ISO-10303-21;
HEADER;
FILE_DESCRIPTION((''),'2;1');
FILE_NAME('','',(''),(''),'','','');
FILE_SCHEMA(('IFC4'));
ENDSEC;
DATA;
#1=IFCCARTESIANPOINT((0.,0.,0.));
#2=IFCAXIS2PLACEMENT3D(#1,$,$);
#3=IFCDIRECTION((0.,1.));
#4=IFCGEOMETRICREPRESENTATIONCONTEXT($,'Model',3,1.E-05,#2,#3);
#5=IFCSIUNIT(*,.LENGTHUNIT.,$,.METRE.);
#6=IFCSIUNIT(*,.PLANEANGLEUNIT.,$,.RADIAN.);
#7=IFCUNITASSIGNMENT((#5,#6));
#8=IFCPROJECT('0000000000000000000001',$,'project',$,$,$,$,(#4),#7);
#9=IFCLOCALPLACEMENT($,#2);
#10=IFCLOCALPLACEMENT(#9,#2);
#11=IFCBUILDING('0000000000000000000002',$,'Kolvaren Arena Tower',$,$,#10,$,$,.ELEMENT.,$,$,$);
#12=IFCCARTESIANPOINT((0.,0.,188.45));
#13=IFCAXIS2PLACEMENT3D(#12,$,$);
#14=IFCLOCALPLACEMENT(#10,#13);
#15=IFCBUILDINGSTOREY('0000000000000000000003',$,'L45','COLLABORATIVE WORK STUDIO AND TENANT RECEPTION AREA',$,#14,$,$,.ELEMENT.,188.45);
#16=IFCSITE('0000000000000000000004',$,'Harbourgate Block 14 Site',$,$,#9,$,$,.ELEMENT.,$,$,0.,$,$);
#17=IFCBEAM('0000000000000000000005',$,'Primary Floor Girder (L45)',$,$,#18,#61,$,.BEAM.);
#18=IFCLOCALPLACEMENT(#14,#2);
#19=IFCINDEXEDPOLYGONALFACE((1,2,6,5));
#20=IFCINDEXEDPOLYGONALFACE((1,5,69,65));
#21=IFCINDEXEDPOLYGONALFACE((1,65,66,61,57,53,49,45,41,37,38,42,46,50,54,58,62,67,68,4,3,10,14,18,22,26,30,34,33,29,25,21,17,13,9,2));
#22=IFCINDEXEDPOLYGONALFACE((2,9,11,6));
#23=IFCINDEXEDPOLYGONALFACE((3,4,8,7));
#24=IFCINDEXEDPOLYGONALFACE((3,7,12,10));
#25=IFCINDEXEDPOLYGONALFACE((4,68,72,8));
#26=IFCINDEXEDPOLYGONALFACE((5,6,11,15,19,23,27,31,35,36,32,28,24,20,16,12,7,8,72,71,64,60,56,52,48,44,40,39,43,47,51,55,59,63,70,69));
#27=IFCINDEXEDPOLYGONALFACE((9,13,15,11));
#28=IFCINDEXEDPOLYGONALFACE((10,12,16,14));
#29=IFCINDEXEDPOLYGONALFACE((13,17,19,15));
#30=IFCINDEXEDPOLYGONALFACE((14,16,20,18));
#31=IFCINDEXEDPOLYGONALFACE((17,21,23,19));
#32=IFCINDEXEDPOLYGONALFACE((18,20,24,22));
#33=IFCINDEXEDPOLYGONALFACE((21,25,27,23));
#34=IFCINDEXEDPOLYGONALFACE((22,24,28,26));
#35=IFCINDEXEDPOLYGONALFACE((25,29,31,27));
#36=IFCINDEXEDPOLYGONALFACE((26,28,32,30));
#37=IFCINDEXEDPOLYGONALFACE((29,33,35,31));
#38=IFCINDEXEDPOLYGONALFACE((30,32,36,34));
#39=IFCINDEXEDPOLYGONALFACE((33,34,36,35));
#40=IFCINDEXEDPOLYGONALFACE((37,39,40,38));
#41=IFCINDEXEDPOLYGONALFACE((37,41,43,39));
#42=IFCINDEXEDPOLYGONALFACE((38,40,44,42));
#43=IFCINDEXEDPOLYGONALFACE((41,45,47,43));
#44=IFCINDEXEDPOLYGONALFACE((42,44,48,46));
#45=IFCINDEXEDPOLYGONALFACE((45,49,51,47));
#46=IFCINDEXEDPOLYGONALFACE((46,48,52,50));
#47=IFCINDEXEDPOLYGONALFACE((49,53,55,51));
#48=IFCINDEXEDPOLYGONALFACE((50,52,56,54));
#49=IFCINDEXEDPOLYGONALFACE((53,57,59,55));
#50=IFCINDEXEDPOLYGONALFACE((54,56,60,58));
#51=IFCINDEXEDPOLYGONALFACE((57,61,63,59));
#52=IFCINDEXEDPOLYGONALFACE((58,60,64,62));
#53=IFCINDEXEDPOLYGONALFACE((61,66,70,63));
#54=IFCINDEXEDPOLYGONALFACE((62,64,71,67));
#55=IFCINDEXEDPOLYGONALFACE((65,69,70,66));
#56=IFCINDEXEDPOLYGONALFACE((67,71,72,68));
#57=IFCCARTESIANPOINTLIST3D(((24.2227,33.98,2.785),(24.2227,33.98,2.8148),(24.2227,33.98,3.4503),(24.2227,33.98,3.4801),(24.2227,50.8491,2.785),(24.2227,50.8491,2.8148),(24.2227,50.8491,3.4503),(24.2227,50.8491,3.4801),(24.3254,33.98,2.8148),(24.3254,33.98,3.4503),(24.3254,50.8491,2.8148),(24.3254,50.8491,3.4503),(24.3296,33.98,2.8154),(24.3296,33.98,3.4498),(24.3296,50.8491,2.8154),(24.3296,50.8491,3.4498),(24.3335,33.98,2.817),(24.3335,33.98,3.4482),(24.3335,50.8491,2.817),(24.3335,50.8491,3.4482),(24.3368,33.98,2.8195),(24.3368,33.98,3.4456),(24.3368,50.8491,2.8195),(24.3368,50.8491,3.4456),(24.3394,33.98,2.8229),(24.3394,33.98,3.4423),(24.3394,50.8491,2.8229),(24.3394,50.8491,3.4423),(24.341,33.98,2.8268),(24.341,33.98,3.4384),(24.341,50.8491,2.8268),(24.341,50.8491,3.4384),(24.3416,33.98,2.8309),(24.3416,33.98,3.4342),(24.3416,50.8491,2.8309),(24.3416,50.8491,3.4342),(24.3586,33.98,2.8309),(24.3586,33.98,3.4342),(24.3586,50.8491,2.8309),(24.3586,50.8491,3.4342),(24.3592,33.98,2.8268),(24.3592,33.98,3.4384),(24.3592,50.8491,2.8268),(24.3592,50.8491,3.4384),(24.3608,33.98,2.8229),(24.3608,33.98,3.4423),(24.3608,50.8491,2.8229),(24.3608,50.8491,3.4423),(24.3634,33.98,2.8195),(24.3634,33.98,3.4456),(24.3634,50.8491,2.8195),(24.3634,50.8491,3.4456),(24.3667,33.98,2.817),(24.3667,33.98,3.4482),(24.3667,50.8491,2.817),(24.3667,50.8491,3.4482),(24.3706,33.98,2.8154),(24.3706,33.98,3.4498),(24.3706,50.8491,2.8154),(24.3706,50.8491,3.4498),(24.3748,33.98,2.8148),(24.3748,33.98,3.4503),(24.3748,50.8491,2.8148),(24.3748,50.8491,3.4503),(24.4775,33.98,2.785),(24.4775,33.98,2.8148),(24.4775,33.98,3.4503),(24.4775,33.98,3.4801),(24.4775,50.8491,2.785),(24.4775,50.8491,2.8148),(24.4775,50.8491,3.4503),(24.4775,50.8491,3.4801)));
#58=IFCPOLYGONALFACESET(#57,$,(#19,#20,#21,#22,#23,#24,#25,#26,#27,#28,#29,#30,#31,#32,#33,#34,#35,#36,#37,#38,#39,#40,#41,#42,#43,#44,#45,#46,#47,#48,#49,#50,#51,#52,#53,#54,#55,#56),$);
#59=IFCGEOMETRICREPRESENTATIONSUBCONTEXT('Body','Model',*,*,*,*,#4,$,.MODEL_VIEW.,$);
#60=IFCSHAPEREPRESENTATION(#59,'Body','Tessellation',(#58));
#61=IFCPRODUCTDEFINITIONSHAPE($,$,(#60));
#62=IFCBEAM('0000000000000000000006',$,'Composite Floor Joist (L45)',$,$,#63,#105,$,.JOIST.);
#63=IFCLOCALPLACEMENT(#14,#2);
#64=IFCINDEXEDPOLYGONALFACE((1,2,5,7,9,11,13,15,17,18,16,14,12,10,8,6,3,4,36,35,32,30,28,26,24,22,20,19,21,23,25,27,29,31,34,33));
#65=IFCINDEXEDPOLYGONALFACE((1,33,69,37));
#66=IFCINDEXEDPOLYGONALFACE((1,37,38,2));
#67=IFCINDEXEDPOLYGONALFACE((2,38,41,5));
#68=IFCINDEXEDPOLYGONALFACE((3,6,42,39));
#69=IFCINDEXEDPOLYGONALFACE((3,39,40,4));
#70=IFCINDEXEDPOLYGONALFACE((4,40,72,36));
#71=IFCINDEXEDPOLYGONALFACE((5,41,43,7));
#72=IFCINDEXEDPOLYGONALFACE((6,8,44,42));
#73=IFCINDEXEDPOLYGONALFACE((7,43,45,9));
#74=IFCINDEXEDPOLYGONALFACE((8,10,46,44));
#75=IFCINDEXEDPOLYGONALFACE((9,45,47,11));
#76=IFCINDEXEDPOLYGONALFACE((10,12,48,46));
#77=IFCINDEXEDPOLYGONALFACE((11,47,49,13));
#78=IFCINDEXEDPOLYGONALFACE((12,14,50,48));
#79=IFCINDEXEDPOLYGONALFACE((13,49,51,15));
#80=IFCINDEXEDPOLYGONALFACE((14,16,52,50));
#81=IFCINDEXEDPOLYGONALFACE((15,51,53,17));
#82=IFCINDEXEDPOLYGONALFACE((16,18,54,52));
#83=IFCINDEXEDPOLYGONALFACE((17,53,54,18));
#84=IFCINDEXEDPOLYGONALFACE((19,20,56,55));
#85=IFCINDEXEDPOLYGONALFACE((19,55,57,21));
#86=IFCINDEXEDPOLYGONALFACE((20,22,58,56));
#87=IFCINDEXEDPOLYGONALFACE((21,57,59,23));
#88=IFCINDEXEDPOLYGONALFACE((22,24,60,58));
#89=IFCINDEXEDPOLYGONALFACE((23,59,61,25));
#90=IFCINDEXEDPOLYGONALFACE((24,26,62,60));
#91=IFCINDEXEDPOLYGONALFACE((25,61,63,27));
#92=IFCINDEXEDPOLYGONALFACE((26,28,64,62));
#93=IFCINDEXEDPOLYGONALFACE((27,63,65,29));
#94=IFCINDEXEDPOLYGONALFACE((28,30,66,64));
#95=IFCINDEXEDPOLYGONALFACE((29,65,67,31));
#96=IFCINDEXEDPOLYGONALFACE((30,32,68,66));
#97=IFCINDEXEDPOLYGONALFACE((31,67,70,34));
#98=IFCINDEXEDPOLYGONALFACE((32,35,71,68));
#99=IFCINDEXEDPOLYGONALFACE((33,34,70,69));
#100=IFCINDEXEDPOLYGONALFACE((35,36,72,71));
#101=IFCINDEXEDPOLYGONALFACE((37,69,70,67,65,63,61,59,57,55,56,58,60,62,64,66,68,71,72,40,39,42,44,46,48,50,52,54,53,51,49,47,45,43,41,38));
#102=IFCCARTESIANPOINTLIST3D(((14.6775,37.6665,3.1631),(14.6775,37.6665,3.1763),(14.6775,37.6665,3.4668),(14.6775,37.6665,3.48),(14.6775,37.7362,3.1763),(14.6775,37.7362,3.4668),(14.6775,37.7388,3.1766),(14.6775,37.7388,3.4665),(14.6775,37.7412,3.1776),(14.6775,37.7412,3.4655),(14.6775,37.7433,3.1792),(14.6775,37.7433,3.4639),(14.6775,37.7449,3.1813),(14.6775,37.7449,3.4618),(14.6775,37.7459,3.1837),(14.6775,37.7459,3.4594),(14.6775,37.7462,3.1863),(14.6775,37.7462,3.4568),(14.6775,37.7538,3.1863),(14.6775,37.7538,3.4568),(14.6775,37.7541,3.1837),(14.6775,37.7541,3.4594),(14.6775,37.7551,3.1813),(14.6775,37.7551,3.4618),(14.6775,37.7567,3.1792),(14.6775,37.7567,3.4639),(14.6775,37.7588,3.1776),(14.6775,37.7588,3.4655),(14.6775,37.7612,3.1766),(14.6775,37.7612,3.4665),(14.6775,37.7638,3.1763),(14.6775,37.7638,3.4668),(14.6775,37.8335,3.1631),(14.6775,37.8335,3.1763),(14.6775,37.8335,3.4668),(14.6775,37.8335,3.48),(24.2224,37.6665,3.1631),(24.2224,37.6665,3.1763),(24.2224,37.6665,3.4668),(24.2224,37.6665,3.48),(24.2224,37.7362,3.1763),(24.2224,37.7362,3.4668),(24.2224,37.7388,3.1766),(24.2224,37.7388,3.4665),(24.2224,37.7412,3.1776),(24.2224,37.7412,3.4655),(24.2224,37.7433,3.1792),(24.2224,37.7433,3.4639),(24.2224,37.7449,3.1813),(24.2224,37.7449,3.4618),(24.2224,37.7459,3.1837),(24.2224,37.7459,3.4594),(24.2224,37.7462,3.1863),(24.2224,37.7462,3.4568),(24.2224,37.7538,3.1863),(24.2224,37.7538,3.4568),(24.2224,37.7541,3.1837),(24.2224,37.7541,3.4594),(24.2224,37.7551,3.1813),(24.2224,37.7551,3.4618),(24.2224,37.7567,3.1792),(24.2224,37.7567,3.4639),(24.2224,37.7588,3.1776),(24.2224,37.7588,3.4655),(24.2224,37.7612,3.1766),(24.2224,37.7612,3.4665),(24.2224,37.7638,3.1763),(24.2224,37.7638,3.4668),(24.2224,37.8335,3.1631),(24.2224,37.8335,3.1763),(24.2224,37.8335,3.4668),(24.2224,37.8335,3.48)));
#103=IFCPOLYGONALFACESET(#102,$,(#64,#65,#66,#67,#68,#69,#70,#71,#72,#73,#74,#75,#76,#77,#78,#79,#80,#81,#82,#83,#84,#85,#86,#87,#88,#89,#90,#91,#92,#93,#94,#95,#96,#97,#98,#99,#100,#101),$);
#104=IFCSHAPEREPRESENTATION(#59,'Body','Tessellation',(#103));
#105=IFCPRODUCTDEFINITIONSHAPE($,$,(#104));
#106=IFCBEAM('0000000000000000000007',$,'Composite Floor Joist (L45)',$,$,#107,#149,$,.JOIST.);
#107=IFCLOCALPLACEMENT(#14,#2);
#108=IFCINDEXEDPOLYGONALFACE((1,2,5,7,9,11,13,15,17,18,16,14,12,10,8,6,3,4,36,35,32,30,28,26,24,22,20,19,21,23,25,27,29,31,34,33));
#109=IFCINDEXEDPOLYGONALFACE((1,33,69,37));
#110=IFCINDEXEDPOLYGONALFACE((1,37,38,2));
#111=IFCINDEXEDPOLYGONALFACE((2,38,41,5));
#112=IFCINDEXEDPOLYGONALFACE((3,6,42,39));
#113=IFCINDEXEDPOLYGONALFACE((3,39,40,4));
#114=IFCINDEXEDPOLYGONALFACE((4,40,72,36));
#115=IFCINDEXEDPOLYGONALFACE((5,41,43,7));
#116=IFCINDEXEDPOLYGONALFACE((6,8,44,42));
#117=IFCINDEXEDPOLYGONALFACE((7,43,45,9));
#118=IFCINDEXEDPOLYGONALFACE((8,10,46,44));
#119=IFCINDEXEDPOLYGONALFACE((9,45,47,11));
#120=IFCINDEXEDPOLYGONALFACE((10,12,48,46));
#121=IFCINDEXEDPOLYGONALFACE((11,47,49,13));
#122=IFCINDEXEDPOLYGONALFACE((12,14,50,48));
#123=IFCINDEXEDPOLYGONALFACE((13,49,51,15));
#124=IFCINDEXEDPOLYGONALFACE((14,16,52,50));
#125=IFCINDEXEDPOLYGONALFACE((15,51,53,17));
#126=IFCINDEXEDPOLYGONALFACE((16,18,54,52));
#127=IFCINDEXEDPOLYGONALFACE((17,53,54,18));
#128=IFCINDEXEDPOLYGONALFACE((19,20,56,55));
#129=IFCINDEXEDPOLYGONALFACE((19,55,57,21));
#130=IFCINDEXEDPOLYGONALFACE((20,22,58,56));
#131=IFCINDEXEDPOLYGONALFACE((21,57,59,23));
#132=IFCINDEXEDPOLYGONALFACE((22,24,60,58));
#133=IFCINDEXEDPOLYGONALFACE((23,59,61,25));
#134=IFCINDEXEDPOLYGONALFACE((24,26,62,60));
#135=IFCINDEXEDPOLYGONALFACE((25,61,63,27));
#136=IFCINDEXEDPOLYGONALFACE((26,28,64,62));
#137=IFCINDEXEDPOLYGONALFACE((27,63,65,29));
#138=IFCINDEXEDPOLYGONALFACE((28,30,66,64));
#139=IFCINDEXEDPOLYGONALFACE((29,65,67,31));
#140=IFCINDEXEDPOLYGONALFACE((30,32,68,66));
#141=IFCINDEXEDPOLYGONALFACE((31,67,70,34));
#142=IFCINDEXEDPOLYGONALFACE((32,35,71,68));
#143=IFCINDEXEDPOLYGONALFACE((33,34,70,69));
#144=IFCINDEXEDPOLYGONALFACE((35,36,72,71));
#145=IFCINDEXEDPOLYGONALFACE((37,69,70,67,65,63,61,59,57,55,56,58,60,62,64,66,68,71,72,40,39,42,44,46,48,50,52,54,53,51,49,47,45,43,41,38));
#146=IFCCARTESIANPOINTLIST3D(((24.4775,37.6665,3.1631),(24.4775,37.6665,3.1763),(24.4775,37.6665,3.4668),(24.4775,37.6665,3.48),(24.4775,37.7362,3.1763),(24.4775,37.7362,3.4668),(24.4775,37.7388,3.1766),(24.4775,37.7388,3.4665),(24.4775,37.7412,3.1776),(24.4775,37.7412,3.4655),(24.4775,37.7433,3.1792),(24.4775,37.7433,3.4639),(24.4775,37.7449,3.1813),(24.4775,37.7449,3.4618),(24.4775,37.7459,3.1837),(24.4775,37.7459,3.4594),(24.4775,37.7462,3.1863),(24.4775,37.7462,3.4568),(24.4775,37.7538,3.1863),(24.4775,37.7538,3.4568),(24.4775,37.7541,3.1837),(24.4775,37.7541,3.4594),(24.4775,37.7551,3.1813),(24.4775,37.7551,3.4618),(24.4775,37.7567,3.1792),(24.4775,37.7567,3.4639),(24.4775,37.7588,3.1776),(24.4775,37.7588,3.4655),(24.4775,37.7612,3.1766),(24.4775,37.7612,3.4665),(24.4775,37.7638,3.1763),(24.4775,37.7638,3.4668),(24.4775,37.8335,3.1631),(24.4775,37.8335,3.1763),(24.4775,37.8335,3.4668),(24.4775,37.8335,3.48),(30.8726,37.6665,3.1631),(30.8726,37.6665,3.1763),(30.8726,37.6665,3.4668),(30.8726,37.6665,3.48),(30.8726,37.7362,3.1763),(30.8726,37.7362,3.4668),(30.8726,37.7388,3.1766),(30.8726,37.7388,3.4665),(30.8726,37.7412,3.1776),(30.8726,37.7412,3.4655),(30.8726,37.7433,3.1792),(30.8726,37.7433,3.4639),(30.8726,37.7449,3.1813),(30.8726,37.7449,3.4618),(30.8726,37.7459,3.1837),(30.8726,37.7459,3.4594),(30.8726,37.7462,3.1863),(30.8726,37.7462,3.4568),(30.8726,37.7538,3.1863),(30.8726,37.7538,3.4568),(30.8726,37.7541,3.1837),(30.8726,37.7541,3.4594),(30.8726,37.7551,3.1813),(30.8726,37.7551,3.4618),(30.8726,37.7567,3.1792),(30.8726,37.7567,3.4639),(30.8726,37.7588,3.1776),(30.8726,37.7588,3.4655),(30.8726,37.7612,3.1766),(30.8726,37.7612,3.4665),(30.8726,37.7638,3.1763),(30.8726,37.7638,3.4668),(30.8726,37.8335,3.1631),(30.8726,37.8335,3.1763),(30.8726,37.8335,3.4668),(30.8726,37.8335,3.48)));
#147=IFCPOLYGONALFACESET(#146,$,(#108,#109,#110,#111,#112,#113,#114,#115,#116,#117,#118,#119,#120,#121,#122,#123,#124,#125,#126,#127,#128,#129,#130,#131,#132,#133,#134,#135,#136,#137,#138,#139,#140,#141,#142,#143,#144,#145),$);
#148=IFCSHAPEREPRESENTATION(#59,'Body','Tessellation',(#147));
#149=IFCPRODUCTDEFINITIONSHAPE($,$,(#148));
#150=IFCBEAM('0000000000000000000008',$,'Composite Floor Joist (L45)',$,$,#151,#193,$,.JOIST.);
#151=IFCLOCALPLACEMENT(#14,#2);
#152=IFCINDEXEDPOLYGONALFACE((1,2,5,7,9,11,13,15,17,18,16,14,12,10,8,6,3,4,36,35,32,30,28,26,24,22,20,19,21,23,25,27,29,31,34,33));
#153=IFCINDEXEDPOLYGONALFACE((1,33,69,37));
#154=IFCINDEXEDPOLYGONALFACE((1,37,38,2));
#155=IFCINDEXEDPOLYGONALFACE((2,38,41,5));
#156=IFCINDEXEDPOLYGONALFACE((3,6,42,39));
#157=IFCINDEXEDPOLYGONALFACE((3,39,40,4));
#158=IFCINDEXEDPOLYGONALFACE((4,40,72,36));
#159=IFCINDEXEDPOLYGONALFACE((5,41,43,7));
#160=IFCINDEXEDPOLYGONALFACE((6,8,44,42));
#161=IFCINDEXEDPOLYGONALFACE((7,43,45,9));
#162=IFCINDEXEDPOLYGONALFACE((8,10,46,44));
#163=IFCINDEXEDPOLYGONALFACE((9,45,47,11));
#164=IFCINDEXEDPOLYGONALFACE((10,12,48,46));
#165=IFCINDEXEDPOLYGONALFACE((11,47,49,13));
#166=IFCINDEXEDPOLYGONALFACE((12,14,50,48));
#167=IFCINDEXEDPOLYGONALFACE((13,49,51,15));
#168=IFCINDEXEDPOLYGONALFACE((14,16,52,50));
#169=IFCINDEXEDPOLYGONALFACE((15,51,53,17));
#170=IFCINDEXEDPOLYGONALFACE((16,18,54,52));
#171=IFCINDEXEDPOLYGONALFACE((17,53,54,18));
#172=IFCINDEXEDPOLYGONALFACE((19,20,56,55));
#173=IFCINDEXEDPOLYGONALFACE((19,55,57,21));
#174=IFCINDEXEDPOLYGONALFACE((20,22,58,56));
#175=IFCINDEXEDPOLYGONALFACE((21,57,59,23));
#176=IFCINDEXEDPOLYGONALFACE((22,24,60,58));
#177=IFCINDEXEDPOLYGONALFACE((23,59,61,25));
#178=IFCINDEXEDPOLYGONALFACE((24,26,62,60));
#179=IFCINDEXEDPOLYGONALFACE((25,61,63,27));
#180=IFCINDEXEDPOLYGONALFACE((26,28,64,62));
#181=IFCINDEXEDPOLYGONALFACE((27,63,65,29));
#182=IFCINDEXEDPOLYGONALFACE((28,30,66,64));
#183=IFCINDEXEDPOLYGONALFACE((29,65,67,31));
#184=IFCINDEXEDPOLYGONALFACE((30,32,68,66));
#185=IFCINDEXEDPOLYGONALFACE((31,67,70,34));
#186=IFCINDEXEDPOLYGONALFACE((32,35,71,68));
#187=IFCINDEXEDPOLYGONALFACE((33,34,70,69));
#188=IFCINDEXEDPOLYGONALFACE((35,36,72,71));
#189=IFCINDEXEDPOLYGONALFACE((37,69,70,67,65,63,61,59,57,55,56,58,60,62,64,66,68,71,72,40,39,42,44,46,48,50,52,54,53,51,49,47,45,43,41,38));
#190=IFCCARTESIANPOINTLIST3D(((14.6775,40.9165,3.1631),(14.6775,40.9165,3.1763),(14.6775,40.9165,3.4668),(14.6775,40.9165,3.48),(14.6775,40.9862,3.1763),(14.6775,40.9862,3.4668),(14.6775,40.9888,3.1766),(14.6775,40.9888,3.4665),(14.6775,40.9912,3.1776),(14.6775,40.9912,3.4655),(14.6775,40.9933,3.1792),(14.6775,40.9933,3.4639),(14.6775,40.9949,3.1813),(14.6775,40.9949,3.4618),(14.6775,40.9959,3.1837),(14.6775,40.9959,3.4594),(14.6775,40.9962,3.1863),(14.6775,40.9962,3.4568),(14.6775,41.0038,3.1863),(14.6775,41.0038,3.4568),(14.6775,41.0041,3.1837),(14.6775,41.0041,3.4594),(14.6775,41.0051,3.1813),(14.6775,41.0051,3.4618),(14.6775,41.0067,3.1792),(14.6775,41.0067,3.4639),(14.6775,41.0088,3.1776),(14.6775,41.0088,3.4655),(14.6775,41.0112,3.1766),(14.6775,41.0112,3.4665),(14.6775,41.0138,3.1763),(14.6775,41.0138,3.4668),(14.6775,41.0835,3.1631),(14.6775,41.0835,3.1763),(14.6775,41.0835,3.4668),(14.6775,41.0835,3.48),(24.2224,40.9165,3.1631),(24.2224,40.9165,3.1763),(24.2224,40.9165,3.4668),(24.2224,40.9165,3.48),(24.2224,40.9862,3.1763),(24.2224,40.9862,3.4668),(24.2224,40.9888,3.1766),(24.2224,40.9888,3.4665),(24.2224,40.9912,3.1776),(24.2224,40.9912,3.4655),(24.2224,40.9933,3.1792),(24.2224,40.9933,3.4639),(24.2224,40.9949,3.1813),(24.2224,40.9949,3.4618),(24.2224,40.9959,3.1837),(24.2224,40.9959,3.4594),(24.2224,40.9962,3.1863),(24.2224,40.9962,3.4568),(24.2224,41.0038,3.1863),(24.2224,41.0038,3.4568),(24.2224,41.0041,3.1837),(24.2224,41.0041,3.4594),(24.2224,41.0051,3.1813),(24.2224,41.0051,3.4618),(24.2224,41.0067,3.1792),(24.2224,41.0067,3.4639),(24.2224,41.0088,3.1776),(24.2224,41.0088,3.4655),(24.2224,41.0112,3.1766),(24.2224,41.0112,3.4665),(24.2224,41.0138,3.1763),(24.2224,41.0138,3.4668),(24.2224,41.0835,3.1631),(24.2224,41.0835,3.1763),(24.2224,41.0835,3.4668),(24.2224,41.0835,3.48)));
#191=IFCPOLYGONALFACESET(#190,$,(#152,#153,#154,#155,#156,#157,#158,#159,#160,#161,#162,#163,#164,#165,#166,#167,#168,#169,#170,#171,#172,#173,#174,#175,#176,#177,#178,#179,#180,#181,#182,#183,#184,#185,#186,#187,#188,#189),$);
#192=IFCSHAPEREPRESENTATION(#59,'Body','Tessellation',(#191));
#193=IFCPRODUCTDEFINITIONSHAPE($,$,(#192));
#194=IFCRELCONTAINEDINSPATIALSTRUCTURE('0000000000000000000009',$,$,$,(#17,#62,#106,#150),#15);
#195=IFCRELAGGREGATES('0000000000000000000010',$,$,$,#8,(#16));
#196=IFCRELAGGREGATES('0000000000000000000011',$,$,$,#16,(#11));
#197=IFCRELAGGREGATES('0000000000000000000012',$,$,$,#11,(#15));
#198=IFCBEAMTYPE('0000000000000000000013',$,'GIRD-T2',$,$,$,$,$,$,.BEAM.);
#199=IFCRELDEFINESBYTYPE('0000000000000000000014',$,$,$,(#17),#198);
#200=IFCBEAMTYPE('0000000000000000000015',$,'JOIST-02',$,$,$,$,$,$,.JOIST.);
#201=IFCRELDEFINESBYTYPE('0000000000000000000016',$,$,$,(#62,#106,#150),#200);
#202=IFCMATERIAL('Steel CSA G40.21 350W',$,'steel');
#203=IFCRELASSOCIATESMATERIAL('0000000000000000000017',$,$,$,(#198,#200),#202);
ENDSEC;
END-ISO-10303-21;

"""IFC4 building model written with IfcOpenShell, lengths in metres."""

from ifc_helpers import new_model, si_unit, direction, frame, origin, origin_2d, place, context, subcontext, project, spatial, i_section, extrude, material, material_profile, profile_set, type_object, element, save


model = new_model("IFC4")

# Units and contexts
model_context = context("Model", 3, precision=1e-05, world=origin(), true_north=direction((0.0, 1.0)))
body_context = subcontext(model_context, "Body", "Model", "MODEL_VIEW")
ifc_project = project(units=[si_unit("LENGTHUNIT", "METRE"), si_unit("PLANEANGLEUNIT", "RADIAN")], contexts=[model_context])

# Site, building, storey
site_placement = place(None, origin())
site = spatial("IfcSite", under=ifc_project, at=site_placement, Name="Harbourgate Block 14 Site", CompositionType="ELEMENT", RefElevation=0.0)
building_placement = place(site_placement, origin())
building = spatial("IfcBuilding", under=site, at=building_placement, Name="Kolvaren Arena Tower", CompositionType="ELEMENT")
storey_placement = place(building_placement, frame((0.0, 0.0, 188.45)))
storey = spatial("IfcBuildingStorey", under=building, at=storey_placement, Name="L45", Description="COLLABORATIVE WORK STUDIO AND TENANT RECEPTION AREA", CompositionType="ELEMENT", Elevation=188.45)

# Beams
ifc_material_1 = material(Name="Steel CSA G40.21 350W", Category="steel")
ifc_material_profile_1 = material_profile(ifc_material_1, i_section(OverallWidth=0.2549, OverallDepth=0.6951, WebThickness=0.0171, FlangeThickness=0.0298, FilletRadius=0.0161, at=origin_2d()), Name="W690x217")
ifc_profile_set_1 = profile_set([ifc_material_profile_1], Name="Steel CSA G40.21 350W")
beam_type_1 = type_object("IfcBeamType", Name="GIRD-T2", PredefinedType="BEAM", material=ifc_profile_set_1)
beam_1_placement = place(storey_placement, frame((24.3501, 33.98, 3.1326), z_axis=(0.0, 1.0, 0.0), x_axis=(-1.0, 0.0, 0.0)))
element("IfcBeam", 1, at=beam_1_placement, inside=storey, type_object=beam_type_1, Name="Primary Floor Girder (L45)", PredefinedType="BEAM", context=body_context, shape_type="SweptSolid", body=[
    extrude(i_section(OverallWidth=0.2549, OverallDepth=0.6951, WebThickness=0.0171, FlangeThickness=0.0298, FilletRadius=0.0161, at=origin_2d()), origin(), (0.0, 0.0, 1.0), 16.8691),
])
ifc_material_profile_2 = material_profile(ifc_material_1, i_section(OverallWidth=0.167, OverallDepth=0.3169, WebThickness=0.0076, FlangeThickness=0.0132, FilletRadius=0.01, at=origin_2d()), Name="W310x52")
ifc_profile_set_2 = profile_set([ifc_material_profile_2], Name="Steel CSA G40.21 350W")
beam_type_2 = type_object("IfcBeamType", Name="JOIST-02", PredefinedType="JOIST", material=ifc_profile_set_2)
beam_2_placement = place(storey_placement, frame((14.6775, 37.75, 3.3215), z_axis=(1.0, 0.0, 0.0), x_axis=(0.0, 1.0, 0.0)))
element("IfcBeam", 2, at=beam_2_placement, inside=storey, type_object=beam_type_2, Name="Composite Floor Joist (L45)", PredefinedType="JOIST", context=body_context, shape_type="SweptSolid", body=[
    extrude(i_section(OverallWidth=0.167, OverallDepth=0.3169, WebThickness=0.0076, FlangeThickness=0.0132, FilletRadius=0.01, at=origin_2d()), origin(), (0.0, 0.0, 1.0), 9.5449),
])
beam_3_placement = place(storey_placement, frame((24.4775, 37.75, 3.3215), z_axis=(1.0, 0.0, 0.0), x_axis=(0.0, 1.0, 0.0)))
element("IfcBeam", 3, at=beam_3_placement, inside=storey, type_object=beam_type_2, Name="Composite Floor Joist (L45)", PredefinedType="JOIST", context=body_context, shape_type="SweptSolid", body=[
    extrude(i_section(OverallWidth=0.167, OverallDepth=0.3169, WebThickness=0.0076, FlangeThickness=0.0132, FilletRadius=0.01, at=origin_2d()), origin(), (0.0, 0.0, 1.0), 6.395),
])
beam_4_placement = place(storey_placement, frame((14.6775, 41.0, 3.3215), z_axis=(1.0, 0.0, 0.0), x_axis=(0.0, 1.0, 0.0)))
element("IfcBeam", 4, at=beam_4_placement, inside=storey, type_object=beam_type_2, Name="Composite Floor Joist (L45)", PredefinedType="JOIST", context=body_context, shape_type="SweptSolid", body=[
    extrude(i_section(OverallWidth=0.167, OverallDepth=0.3169, WebThickness=0.0076, FlangeThickness=0.0132, FilletRadius=0.01, at=origin_2d()), origin(), (0.0, 0.0, 1.0), 9.5449),
])

save(model, "model.ifc")
